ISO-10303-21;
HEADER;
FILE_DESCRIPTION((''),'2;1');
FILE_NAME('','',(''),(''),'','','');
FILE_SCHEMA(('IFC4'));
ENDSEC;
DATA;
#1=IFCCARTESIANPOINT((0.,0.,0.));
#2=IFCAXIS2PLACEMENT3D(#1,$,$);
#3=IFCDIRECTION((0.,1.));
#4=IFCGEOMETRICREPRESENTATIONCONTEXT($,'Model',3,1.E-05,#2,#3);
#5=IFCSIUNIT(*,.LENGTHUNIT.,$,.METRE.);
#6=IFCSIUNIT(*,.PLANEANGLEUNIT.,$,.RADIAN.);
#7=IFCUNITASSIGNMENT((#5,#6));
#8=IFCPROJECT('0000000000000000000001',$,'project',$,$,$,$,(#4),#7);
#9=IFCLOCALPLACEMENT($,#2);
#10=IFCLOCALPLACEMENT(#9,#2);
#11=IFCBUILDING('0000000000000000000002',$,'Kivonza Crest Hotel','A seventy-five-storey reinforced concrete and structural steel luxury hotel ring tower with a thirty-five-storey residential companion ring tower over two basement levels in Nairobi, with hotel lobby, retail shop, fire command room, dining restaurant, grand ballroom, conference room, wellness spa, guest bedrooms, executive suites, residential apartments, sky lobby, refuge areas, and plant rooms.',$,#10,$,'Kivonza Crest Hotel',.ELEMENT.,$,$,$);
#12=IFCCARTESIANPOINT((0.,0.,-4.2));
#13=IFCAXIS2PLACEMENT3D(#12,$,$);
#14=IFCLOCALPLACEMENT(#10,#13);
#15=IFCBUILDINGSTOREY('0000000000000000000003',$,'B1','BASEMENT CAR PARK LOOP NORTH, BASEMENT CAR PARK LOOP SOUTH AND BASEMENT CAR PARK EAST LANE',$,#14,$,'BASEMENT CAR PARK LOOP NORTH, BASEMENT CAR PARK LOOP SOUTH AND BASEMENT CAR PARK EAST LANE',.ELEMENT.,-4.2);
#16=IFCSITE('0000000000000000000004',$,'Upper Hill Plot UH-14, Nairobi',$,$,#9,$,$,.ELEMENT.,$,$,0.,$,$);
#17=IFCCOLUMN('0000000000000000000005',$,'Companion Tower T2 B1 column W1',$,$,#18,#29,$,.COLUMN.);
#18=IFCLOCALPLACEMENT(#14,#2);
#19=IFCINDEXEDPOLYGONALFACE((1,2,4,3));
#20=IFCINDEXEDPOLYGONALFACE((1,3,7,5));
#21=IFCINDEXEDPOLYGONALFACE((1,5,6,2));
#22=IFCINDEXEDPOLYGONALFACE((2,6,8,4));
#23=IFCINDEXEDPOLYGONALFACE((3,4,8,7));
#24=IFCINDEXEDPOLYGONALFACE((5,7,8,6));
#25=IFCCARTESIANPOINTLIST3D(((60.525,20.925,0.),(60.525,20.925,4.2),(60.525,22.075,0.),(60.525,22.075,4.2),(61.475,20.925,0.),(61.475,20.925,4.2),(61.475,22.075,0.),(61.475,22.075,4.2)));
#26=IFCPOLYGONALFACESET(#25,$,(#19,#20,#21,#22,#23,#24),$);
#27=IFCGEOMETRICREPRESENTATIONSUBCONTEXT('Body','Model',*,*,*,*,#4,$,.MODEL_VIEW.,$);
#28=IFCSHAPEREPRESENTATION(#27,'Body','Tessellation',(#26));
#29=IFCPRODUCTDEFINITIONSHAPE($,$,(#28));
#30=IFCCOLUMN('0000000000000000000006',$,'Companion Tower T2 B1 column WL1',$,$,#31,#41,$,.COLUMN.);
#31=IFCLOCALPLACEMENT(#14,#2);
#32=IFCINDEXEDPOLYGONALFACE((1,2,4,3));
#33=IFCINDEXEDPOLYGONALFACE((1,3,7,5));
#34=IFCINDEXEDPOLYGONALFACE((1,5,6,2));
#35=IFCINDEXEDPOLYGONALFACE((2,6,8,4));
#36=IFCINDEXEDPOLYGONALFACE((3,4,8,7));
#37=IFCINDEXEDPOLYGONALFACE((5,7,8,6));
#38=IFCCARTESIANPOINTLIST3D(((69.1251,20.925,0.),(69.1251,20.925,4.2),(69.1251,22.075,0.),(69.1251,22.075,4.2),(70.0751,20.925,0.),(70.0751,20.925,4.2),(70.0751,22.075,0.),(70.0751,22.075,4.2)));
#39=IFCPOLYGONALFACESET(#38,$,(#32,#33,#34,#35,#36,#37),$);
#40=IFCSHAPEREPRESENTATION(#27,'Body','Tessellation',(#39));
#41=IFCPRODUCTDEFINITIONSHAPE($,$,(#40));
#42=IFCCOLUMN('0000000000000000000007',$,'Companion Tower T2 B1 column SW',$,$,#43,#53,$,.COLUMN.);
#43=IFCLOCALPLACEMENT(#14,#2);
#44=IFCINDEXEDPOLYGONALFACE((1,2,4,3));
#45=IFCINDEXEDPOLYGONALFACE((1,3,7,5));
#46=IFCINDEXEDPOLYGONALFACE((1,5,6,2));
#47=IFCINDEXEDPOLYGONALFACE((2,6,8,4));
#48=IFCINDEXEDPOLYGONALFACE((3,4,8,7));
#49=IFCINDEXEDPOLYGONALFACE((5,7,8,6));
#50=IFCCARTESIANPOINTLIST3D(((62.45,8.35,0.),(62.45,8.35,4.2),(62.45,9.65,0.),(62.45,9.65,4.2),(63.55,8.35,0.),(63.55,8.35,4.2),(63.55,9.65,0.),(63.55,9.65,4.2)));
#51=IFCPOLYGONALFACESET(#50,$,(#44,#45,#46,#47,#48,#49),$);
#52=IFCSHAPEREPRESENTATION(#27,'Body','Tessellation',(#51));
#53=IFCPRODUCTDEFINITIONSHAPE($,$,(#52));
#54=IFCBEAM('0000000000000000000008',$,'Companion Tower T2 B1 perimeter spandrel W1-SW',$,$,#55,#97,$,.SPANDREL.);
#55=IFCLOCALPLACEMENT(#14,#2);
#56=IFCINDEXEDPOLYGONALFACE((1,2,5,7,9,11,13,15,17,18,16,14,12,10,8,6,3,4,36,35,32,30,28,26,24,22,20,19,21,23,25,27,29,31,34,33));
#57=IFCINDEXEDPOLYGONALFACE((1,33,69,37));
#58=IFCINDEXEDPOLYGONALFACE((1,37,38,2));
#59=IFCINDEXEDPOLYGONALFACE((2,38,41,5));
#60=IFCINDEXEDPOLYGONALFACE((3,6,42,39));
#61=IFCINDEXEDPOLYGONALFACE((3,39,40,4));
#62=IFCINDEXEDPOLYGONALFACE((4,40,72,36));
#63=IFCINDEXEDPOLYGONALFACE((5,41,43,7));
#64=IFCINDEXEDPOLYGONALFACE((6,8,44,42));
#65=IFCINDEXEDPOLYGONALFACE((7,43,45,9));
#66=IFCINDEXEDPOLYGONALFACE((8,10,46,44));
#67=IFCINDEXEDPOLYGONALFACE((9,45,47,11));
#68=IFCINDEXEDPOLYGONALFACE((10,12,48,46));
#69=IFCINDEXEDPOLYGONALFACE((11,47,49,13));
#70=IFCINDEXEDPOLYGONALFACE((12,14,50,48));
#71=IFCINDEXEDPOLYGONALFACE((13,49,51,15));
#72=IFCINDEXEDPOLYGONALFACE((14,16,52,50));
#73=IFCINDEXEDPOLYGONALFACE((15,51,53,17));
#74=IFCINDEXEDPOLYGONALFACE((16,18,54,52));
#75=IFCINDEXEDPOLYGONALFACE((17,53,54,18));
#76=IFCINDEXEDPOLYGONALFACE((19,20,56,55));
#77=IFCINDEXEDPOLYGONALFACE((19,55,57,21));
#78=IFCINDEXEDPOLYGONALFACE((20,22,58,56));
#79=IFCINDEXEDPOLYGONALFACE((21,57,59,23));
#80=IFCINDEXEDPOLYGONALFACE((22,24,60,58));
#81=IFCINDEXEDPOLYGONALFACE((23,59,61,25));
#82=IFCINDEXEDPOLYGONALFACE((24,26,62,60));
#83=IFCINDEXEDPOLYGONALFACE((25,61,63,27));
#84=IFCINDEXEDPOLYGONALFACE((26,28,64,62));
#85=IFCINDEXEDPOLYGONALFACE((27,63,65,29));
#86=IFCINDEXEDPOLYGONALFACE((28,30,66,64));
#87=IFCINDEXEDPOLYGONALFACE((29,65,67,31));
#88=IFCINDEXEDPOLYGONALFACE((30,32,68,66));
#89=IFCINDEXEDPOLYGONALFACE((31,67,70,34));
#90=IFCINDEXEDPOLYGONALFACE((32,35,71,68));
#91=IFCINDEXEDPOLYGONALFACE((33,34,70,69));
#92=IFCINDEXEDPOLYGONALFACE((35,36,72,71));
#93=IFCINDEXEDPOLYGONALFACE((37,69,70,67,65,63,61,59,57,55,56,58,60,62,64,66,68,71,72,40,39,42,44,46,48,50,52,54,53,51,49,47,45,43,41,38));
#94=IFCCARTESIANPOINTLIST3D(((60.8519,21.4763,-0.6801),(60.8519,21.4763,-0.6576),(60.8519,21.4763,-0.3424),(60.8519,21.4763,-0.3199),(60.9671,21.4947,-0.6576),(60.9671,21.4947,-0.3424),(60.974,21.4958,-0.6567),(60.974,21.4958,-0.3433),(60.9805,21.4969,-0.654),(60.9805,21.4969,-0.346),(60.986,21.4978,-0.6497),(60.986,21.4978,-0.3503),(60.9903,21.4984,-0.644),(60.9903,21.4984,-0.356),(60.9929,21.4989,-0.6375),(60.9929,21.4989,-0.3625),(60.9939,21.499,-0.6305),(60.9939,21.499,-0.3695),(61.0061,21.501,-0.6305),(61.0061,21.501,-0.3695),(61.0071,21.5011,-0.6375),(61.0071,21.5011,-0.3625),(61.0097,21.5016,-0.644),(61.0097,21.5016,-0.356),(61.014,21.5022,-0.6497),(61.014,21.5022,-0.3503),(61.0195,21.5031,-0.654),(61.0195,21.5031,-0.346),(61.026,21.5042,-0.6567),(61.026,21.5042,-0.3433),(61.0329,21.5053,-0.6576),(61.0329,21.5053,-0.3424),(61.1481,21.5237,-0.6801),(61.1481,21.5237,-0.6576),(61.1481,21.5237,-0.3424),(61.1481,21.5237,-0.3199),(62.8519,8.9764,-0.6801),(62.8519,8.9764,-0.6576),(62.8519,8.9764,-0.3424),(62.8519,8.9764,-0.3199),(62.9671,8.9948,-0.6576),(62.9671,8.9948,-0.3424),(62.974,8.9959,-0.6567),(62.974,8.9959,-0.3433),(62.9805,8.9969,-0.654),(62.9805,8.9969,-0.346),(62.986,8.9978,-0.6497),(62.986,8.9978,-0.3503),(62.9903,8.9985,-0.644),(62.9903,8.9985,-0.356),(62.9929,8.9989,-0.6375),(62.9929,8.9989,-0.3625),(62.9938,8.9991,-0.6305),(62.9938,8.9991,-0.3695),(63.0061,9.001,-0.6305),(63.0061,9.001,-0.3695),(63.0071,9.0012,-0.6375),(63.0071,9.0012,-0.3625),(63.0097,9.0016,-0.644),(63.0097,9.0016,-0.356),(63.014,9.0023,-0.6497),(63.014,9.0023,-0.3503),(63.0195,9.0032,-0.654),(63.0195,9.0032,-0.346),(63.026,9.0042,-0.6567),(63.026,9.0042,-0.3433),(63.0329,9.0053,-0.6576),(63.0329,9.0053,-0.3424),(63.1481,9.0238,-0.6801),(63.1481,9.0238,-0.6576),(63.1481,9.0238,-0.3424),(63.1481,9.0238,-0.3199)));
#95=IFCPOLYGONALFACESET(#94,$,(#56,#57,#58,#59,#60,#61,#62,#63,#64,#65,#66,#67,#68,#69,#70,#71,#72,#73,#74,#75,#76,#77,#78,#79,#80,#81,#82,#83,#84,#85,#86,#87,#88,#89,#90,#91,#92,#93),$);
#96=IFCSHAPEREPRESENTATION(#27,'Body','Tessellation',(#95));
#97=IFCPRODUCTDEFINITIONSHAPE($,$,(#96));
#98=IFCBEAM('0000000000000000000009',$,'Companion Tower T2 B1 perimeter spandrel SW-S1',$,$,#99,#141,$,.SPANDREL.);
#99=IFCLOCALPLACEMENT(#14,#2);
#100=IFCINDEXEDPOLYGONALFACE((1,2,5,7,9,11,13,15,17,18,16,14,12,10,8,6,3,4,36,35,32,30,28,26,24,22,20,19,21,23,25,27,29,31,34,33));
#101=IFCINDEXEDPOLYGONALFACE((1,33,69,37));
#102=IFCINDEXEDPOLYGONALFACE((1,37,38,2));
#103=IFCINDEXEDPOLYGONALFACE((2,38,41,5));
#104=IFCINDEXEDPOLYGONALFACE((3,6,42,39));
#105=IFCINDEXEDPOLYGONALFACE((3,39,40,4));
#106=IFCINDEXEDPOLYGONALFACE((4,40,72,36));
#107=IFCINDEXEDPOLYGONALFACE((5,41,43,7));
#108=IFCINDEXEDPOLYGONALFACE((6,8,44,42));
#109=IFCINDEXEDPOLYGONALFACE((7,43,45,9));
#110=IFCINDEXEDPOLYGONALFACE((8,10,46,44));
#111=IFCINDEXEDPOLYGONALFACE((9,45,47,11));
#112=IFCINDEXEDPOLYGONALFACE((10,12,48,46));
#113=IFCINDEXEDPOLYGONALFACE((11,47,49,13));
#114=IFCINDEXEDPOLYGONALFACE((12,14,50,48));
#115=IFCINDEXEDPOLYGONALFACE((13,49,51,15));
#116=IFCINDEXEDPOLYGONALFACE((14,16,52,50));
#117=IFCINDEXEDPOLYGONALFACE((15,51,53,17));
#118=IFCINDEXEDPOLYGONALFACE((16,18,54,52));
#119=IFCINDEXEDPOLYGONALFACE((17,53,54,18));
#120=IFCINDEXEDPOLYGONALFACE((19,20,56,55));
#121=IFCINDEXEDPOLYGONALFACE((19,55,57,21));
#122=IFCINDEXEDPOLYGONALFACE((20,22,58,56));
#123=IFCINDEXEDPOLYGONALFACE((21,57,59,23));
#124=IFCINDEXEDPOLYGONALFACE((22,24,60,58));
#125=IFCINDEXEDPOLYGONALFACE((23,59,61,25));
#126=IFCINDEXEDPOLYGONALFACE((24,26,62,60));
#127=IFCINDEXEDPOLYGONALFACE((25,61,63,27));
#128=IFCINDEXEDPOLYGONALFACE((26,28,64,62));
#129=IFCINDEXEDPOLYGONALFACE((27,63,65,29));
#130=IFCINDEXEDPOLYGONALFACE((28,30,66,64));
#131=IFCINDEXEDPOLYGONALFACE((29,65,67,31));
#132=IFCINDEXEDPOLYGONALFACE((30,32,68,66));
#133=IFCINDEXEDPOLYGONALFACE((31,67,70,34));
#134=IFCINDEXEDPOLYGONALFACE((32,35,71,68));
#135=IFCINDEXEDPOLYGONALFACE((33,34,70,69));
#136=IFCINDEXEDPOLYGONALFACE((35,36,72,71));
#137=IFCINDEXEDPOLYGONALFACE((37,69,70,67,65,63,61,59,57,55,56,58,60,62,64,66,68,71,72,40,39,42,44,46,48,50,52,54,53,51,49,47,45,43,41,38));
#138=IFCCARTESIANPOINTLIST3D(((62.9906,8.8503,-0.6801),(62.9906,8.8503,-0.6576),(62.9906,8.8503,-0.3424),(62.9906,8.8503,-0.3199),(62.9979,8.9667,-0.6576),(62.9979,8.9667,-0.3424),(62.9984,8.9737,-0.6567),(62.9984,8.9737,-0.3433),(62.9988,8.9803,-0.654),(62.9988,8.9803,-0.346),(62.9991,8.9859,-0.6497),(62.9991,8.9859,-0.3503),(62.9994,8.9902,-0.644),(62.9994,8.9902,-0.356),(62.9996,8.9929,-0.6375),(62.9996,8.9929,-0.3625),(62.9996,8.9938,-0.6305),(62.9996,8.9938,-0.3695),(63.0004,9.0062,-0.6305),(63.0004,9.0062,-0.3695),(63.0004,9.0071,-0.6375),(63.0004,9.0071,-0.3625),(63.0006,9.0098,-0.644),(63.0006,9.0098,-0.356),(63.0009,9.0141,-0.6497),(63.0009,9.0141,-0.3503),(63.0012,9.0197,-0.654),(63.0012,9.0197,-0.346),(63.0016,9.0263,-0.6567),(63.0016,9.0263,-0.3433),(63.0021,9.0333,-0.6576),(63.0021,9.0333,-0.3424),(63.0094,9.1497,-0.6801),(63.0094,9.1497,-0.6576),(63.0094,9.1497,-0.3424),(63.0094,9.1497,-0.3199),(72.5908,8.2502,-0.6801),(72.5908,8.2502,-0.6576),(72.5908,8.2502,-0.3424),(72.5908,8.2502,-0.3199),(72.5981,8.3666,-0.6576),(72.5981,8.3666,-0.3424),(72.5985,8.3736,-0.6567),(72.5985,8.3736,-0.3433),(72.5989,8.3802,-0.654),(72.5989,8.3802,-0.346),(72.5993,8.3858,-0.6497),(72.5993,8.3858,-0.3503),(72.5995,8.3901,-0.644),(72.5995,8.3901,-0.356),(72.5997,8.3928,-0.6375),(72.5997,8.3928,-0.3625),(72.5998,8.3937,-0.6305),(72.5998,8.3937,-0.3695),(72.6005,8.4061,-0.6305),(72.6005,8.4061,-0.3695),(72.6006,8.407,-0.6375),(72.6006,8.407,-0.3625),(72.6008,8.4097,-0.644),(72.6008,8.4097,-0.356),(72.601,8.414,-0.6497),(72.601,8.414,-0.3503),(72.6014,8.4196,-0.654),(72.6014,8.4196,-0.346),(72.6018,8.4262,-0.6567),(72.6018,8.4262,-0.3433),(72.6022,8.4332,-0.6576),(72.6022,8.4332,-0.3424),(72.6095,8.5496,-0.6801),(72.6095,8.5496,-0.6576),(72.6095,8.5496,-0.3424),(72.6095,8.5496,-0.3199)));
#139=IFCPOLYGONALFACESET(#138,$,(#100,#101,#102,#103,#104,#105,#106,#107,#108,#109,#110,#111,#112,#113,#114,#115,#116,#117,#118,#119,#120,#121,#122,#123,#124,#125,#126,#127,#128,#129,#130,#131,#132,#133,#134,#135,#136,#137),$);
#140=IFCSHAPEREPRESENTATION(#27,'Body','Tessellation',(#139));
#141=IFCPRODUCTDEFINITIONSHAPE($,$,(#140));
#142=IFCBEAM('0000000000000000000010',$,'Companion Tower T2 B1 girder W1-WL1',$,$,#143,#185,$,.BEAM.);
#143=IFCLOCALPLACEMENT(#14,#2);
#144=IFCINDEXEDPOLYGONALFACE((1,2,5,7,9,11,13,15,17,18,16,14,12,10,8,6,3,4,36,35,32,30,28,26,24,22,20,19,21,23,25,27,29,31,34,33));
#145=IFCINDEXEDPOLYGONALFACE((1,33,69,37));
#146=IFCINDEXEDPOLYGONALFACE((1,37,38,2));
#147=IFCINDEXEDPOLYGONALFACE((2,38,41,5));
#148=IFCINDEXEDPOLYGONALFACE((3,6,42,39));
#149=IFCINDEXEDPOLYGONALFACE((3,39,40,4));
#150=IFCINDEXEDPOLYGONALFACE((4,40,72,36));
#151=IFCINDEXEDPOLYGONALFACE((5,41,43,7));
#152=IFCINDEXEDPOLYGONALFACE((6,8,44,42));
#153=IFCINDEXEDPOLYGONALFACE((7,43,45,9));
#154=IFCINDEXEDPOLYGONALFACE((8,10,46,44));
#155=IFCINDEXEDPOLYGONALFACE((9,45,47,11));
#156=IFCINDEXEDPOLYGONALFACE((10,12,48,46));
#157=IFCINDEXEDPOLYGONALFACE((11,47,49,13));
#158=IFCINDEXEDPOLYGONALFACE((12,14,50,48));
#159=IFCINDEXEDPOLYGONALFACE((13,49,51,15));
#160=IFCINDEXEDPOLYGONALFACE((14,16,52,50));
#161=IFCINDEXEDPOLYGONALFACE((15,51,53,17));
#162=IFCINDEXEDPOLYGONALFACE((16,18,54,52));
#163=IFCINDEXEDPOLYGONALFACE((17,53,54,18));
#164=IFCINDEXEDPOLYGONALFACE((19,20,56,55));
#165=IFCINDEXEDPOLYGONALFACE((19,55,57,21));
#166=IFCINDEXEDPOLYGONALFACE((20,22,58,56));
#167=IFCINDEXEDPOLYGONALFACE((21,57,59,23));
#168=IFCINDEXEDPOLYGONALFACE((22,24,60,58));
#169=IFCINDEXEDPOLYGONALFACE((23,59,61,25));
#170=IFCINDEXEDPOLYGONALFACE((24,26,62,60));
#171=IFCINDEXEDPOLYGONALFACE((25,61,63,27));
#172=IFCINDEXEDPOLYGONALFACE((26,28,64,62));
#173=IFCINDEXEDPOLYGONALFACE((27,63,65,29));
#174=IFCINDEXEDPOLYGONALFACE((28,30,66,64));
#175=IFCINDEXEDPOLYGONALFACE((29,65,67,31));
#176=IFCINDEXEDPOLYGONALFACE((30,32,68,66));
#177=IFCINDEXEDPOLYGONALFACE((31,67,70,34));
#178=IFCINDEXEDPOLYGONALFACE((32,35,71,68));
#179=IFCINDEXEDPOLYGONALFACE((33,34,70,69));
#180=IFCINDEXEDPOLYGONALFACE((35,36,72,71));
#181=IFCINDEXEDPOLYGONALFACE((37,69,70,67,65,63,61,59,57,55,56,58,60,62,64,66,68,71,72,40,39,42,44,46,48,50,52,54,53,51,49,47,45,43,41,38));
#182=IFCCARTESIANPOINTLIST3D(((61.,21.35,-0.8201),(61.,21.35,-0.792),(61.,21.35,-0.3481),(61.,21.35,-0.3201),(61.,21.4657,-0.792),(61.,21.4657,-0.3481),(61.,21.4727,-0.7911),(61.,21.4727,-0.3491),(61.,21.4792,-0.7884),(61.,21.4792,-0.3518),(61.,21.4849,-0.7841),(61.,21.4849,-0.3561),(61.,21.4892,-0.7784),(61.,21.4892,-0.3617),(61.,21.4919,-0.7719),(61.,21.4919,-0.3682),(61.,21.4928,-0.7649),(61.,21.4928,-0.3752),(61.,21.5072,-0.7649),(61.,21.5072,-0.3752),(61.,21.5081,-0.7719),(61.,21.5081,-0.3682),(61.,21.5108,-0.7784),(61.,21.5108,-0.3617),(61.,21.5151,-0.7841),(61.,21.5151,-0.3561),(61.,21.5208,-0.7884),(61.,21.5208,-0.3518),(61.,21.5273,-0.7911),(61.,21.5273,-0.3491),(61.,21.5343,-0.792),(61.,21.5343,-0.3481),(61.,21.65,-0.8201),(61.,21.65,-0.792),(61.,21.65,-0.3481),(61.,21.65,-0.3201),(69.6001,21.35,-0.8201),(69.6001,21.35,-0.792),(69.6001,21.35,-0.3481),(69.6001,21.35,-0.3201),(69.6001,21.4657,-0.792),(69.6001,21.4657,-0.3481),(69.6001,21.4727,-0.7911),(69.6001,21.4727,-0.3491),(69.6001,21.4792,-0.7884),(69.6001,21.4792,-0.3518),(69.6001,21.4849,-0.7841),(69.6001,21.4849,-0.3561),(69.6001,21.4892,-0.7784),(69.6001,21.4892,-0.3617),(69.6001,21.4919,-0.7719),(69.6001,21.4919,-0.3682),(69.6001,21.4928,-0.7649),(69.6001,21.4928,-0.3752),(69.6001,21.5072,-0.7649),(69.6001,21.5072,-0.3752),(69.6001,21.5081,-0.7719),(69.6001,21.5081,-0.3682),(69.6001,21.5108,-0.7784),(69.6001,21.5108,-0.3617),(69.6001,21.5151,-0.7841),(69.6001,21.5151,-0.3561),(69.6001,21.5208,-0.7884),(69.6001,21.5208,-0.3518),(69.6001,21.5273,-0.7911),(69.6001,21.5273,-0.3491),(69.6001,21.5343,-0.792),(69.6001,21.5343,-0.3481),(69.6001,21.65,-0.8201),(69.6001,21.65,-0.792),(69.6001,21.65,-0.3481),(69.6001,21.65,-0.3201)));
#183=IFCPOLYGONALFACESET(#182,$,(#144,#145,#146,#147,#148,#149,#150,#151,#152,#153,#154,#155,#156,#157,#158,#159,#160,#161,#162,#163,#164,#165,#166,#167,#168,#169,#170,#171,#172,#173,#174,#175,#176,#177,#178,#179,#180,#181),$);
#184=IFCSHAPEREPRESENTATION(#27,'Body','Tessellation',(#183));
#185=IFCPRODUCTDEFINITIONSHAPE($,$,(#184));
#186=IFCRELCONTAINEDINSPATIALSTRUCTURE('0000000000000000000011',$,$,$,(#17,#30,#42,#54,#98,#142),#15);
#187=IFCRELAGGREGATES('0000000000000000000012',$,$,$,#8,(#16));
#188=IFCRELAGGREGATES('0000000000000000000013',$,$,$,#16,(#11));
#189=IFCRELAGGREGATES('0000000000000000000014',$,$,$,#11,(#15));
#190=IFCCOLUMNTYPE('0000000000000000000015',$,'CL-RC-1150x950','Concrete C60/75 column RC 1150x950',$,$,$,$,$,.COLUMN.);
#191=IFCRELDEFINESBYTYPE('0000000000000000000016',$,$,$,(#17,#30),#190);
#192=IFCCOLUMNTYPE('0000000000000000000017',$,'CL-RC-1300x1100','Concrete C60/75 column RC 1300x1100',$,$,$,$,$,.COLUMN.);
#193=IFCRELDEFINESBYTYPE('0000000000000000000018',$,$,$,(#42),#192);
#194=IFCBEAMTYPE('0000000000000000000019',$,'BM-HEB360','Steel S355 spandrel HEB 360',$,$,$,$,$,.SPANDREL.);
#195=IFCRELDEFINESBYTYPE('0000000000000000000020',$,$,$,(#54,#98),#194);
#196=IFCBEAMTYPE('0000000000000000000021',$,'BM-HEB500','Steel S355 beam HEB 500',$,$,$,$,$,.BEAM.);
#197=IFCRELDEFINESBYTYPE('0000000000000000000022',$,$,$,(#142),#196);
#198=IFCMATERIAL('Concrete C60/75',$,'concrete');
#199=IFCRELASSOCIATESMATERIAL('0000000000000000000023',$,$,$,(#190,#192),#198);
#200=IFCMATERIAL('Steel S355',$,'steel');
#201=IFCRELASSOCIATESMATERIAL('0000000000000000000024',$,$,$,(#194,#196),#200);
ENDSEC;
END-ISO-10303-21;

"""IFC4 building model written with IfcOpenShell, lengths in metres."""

from ifc_helpers import new_model, si_unit, direction, frame, origin, origin_2d, place, context, subcontext, project, spatial, rectangle, i_section, extrude, material, material_profile, profile_set, type_object, element, save


model = new_model("IFC4")

# Units and contexts
model_context = context("Model", 3, precision=1e-05, world=origin(), true_north=direction((0.0, 1.0)))
body_context = subcontext(model_context, "Body", "Model", "MODEL_VIEW")
ifc_project = project(units=[si_unit("LENGTHUNIT", "METRE"), si_unit("PLANEANGLEUNIT", "RADIAN")], contexts=[model_context])

# Site, building, storey
site_placement = place(None, origin())
site = spatial("IfcSite", under=ifc_project, at=site_placement, Name="Upper Hill Plot UH-14, Nairobi", CompositionType="ELEMENT", RefElevation=0.0)
building_placement = place(site_placement, origin())
building = spatial("IfcBuilding", under=site, at=building_placement, Name="Kivonza Crest Hotel", Description="A seventy-five-storey reinforced concrete and structural steel luxury hotel ring tower with a thirty-five-storey residential companion ring tower over two basement levels in Nairobi, with hotel lobby, retail shop, fire command room, dining restaurant, grand ballroom, conference room, wellness spa, guest bedrooms, executive suites, residential apartments, sky lobby, refuge areas, and plant rooms.", LongName="Kivonza Crest Hotel", CompositionType="ELEMENT")
storey_placement = place(building_placement, frame((0.0, 0.0, -4.2)))
storey = spatial("IfcBuildingStorey", under=building, at=storey_placement, Name="B1", Description="BASEMENT CAR PARK LOOP NORTH, BASEMENT CAR PARK LOOP SOUTH AND BASEMENT CAR PARK EAST LANE", LongName="BASEMENT CAR PARK LOOP NORTH, BASEMENT CAR PARK LOOP SOUTH AND BASEMENT CAR PARK EAST LANE", CompositionType="ELEMENT", Elevation=-4.2)

# Columns
ifc_material_1 = material(Name="Concrete C60/75", Category="concrete")
ifc_material_profile_1 = material_profile(ifc_material_1, rectangle(XDim=0.95, YDim=1.1499, at=origin_2d()), Name="RC 1150x950")
ifc_profile_set_1 = profile_set([ifc_material_profile_1], Name="Concrete C60/75")
column_type_1 = type_object("IfcColumnType", Name="CL-RC-1150x950", Description="Concrete C60/75 column RC 1150x950", PredefinedType="COLUMN", material=ifc_profile_set_1)
for number, where, z_axis, x_axis, name in (
    (1, (61.0, 21.5, 0.0), (0.0, 0.0, 1.0), (1.0, 0.0, 0.0), "Companion Tower T2 B1 column W1"),
    (2, (69.6001, 21.5, 0.0), (0.0, 0.0, 1.0), (1.0, 0.0, 0.0), "Companion Tower T2 B1 column WL1"),
):
    element("IfcColumn", number, at=place(storey_placement, frame(where, z_axis=z_axis, x_axis=x_axis)), inside=storey, type_object=column_type_1, Name=name, PredefinedType="COLUMN", context=body_context, shape_type="SweptSolid", body=[
        extrude(rectangle(XDim=0.95, YDim=1.1499, at=origin_2d()), origin(), (0.0, 0.0, 1.0), 4.2),
    ])
ifc_material_profile_2 = material_profile(ifc_material_1, rectangle(XDim=1.1001, YDim=1.3, at=origin_2d()), Name="RC 1300x1100")
ifc_profile_set_2 = profile_set([ifc_material_profile_2], Name="Concrete C60/75")
column_type_2 = type_object("IfcColumnType", Name="CL-RC-1300x1100", Description="Concrete C60/75 column RC 1300x1100", PredefinedType="COLUMN", material=ifc_profile_set_2)
column_placement = place(storey_placement, frame((63.0, 9.0, 0.0), z_axis=(0.0, 0.0, 1.0), x_axis=(1.0, 0.0, 0.0)))
element("IfcColumn", 3, at=column_placement, inside=storey, type_object=column_type_2, Name="Companion Tower T2 B1 column SW", PredefinedType="COLUMN", context=body_context, shape_type="SweptSolid", body=[
    extrude(rectangle(XDim=1.1001, YDim=1.3, at=origin_2d()), origin(), (0.0, 0.0, 1.0), 4.2),
])

# Beams
ifc_material_2 = material(Name="Steel S355", Category="steel")
ifc_material_profile_3 = material_profile(ifc_material_2, i_section(OverallWidth=0.3, OverallDepth=0.3601, WebThickness=0.0125, FlangeThickness=0.0225, FilletRadius=0.0271, at=origin_2d()), Name="HEB 360")
ifc_profile_set_3 = profile_set([ifc_material_profile_3], Name="Steel S355")
beam_type_1 = type_object("IfcBeamType", Name="BM-HEB360", Description="Steel S355 spandrel HEB 360", PredefinedType="SPANDREL", material=ifc_profile_set_3)
beam_1_placement = place(storey_placement, frame((61.0, 21.5, -0.5), z_axis=(0.157991, -0.987441, 0.0), x_axis=(0.987441, 0.157991, 0.0)))
element("IfcBeam", 4, at=beam_1_placement, inside=storey, type_object=beam_type_1, Name="Companion Tower T2 B1 perimeter spandrel W1-SW", PredefinedType="SPANDREL", context=body_context, shape_type="SweptSolid", body=[
    extrude(i_section(OverallWidth=0.3, OverallDepth=0.3601, WebThickness=0.0125, FlangeThickness=0.0225, FilletRadius=0.0271, at=origin_2d()), origin(), (0.0, 0.0, 1.0), 12.6589),
])
beam_2_placement = place(storey_placement, frame((63.0, 9.0, -0.5), z_axis=(0.998052, -0.062388, 0.0), x_axis=(0.062388, 0.998052, 0.0)))
element("IfcBeam", 5, at=beam_2_placement, inside=storey, type_object=beam_type_1, Name="Companion Tower T2 B1 perimeter spandrel SW-S1", PredefinedType="SPANDREL", context=body_context, shape_type="SweptSolid", body=[
    extrude(i_section(OverallWidth=0.3, OverallDepth=0.3601, WebThickness=0.0125, FlangeThickness=0.0225, FilletRadius=0.0271, at=origin_2d()), origin(), (0.0, 0.0, 1.0), 9.6189),
])
ifc_material_profile_4 = material_profile(ifc_material_2, i_section(OverallWidth=0.3, OverallDepth=0.5, WebThickness=0.0144, FlangeThickness=0.0281, FilletRadius=0.0271, at=origin_2d()), Name="HEB 500")
ifc_profile_set_4 = profile_set([ifc_material_profile_4], Name="Steel S355")
beam_type_2 = type_object("IfcBeamType", Name="BM-HEB500", Description="Steel S355 beam HEB 500", PredefinedType="BEAM", material=ifc_profile_set_4)
beam_3_placement = place(storey_placement, frame((61.0, 21.5, -0.5701), z_axis=(1.0, 0.0, 0.0), x_axis=(0.0, 1.0, 0.0)))
element("IfcBeam", 6, at=beam_3_placement, inside=storey, type_object=beam_type_2, Name="Companion Tower T2 B1 girder W1-WL1", PredefinedType="BEAM", context=body_context, shape_type="SweptSolid", body=[
    extrude(i_section(OverallWidth=0.3, OverallDepth=0.5, WebThickness=0.0144, FlangeThickness=0.0281, FilletRadius=0.0271, at=origin_2d()), origin(), (0.0, 0.0, 1.0), 8.6001),
])

save(model, "model.ifc")
